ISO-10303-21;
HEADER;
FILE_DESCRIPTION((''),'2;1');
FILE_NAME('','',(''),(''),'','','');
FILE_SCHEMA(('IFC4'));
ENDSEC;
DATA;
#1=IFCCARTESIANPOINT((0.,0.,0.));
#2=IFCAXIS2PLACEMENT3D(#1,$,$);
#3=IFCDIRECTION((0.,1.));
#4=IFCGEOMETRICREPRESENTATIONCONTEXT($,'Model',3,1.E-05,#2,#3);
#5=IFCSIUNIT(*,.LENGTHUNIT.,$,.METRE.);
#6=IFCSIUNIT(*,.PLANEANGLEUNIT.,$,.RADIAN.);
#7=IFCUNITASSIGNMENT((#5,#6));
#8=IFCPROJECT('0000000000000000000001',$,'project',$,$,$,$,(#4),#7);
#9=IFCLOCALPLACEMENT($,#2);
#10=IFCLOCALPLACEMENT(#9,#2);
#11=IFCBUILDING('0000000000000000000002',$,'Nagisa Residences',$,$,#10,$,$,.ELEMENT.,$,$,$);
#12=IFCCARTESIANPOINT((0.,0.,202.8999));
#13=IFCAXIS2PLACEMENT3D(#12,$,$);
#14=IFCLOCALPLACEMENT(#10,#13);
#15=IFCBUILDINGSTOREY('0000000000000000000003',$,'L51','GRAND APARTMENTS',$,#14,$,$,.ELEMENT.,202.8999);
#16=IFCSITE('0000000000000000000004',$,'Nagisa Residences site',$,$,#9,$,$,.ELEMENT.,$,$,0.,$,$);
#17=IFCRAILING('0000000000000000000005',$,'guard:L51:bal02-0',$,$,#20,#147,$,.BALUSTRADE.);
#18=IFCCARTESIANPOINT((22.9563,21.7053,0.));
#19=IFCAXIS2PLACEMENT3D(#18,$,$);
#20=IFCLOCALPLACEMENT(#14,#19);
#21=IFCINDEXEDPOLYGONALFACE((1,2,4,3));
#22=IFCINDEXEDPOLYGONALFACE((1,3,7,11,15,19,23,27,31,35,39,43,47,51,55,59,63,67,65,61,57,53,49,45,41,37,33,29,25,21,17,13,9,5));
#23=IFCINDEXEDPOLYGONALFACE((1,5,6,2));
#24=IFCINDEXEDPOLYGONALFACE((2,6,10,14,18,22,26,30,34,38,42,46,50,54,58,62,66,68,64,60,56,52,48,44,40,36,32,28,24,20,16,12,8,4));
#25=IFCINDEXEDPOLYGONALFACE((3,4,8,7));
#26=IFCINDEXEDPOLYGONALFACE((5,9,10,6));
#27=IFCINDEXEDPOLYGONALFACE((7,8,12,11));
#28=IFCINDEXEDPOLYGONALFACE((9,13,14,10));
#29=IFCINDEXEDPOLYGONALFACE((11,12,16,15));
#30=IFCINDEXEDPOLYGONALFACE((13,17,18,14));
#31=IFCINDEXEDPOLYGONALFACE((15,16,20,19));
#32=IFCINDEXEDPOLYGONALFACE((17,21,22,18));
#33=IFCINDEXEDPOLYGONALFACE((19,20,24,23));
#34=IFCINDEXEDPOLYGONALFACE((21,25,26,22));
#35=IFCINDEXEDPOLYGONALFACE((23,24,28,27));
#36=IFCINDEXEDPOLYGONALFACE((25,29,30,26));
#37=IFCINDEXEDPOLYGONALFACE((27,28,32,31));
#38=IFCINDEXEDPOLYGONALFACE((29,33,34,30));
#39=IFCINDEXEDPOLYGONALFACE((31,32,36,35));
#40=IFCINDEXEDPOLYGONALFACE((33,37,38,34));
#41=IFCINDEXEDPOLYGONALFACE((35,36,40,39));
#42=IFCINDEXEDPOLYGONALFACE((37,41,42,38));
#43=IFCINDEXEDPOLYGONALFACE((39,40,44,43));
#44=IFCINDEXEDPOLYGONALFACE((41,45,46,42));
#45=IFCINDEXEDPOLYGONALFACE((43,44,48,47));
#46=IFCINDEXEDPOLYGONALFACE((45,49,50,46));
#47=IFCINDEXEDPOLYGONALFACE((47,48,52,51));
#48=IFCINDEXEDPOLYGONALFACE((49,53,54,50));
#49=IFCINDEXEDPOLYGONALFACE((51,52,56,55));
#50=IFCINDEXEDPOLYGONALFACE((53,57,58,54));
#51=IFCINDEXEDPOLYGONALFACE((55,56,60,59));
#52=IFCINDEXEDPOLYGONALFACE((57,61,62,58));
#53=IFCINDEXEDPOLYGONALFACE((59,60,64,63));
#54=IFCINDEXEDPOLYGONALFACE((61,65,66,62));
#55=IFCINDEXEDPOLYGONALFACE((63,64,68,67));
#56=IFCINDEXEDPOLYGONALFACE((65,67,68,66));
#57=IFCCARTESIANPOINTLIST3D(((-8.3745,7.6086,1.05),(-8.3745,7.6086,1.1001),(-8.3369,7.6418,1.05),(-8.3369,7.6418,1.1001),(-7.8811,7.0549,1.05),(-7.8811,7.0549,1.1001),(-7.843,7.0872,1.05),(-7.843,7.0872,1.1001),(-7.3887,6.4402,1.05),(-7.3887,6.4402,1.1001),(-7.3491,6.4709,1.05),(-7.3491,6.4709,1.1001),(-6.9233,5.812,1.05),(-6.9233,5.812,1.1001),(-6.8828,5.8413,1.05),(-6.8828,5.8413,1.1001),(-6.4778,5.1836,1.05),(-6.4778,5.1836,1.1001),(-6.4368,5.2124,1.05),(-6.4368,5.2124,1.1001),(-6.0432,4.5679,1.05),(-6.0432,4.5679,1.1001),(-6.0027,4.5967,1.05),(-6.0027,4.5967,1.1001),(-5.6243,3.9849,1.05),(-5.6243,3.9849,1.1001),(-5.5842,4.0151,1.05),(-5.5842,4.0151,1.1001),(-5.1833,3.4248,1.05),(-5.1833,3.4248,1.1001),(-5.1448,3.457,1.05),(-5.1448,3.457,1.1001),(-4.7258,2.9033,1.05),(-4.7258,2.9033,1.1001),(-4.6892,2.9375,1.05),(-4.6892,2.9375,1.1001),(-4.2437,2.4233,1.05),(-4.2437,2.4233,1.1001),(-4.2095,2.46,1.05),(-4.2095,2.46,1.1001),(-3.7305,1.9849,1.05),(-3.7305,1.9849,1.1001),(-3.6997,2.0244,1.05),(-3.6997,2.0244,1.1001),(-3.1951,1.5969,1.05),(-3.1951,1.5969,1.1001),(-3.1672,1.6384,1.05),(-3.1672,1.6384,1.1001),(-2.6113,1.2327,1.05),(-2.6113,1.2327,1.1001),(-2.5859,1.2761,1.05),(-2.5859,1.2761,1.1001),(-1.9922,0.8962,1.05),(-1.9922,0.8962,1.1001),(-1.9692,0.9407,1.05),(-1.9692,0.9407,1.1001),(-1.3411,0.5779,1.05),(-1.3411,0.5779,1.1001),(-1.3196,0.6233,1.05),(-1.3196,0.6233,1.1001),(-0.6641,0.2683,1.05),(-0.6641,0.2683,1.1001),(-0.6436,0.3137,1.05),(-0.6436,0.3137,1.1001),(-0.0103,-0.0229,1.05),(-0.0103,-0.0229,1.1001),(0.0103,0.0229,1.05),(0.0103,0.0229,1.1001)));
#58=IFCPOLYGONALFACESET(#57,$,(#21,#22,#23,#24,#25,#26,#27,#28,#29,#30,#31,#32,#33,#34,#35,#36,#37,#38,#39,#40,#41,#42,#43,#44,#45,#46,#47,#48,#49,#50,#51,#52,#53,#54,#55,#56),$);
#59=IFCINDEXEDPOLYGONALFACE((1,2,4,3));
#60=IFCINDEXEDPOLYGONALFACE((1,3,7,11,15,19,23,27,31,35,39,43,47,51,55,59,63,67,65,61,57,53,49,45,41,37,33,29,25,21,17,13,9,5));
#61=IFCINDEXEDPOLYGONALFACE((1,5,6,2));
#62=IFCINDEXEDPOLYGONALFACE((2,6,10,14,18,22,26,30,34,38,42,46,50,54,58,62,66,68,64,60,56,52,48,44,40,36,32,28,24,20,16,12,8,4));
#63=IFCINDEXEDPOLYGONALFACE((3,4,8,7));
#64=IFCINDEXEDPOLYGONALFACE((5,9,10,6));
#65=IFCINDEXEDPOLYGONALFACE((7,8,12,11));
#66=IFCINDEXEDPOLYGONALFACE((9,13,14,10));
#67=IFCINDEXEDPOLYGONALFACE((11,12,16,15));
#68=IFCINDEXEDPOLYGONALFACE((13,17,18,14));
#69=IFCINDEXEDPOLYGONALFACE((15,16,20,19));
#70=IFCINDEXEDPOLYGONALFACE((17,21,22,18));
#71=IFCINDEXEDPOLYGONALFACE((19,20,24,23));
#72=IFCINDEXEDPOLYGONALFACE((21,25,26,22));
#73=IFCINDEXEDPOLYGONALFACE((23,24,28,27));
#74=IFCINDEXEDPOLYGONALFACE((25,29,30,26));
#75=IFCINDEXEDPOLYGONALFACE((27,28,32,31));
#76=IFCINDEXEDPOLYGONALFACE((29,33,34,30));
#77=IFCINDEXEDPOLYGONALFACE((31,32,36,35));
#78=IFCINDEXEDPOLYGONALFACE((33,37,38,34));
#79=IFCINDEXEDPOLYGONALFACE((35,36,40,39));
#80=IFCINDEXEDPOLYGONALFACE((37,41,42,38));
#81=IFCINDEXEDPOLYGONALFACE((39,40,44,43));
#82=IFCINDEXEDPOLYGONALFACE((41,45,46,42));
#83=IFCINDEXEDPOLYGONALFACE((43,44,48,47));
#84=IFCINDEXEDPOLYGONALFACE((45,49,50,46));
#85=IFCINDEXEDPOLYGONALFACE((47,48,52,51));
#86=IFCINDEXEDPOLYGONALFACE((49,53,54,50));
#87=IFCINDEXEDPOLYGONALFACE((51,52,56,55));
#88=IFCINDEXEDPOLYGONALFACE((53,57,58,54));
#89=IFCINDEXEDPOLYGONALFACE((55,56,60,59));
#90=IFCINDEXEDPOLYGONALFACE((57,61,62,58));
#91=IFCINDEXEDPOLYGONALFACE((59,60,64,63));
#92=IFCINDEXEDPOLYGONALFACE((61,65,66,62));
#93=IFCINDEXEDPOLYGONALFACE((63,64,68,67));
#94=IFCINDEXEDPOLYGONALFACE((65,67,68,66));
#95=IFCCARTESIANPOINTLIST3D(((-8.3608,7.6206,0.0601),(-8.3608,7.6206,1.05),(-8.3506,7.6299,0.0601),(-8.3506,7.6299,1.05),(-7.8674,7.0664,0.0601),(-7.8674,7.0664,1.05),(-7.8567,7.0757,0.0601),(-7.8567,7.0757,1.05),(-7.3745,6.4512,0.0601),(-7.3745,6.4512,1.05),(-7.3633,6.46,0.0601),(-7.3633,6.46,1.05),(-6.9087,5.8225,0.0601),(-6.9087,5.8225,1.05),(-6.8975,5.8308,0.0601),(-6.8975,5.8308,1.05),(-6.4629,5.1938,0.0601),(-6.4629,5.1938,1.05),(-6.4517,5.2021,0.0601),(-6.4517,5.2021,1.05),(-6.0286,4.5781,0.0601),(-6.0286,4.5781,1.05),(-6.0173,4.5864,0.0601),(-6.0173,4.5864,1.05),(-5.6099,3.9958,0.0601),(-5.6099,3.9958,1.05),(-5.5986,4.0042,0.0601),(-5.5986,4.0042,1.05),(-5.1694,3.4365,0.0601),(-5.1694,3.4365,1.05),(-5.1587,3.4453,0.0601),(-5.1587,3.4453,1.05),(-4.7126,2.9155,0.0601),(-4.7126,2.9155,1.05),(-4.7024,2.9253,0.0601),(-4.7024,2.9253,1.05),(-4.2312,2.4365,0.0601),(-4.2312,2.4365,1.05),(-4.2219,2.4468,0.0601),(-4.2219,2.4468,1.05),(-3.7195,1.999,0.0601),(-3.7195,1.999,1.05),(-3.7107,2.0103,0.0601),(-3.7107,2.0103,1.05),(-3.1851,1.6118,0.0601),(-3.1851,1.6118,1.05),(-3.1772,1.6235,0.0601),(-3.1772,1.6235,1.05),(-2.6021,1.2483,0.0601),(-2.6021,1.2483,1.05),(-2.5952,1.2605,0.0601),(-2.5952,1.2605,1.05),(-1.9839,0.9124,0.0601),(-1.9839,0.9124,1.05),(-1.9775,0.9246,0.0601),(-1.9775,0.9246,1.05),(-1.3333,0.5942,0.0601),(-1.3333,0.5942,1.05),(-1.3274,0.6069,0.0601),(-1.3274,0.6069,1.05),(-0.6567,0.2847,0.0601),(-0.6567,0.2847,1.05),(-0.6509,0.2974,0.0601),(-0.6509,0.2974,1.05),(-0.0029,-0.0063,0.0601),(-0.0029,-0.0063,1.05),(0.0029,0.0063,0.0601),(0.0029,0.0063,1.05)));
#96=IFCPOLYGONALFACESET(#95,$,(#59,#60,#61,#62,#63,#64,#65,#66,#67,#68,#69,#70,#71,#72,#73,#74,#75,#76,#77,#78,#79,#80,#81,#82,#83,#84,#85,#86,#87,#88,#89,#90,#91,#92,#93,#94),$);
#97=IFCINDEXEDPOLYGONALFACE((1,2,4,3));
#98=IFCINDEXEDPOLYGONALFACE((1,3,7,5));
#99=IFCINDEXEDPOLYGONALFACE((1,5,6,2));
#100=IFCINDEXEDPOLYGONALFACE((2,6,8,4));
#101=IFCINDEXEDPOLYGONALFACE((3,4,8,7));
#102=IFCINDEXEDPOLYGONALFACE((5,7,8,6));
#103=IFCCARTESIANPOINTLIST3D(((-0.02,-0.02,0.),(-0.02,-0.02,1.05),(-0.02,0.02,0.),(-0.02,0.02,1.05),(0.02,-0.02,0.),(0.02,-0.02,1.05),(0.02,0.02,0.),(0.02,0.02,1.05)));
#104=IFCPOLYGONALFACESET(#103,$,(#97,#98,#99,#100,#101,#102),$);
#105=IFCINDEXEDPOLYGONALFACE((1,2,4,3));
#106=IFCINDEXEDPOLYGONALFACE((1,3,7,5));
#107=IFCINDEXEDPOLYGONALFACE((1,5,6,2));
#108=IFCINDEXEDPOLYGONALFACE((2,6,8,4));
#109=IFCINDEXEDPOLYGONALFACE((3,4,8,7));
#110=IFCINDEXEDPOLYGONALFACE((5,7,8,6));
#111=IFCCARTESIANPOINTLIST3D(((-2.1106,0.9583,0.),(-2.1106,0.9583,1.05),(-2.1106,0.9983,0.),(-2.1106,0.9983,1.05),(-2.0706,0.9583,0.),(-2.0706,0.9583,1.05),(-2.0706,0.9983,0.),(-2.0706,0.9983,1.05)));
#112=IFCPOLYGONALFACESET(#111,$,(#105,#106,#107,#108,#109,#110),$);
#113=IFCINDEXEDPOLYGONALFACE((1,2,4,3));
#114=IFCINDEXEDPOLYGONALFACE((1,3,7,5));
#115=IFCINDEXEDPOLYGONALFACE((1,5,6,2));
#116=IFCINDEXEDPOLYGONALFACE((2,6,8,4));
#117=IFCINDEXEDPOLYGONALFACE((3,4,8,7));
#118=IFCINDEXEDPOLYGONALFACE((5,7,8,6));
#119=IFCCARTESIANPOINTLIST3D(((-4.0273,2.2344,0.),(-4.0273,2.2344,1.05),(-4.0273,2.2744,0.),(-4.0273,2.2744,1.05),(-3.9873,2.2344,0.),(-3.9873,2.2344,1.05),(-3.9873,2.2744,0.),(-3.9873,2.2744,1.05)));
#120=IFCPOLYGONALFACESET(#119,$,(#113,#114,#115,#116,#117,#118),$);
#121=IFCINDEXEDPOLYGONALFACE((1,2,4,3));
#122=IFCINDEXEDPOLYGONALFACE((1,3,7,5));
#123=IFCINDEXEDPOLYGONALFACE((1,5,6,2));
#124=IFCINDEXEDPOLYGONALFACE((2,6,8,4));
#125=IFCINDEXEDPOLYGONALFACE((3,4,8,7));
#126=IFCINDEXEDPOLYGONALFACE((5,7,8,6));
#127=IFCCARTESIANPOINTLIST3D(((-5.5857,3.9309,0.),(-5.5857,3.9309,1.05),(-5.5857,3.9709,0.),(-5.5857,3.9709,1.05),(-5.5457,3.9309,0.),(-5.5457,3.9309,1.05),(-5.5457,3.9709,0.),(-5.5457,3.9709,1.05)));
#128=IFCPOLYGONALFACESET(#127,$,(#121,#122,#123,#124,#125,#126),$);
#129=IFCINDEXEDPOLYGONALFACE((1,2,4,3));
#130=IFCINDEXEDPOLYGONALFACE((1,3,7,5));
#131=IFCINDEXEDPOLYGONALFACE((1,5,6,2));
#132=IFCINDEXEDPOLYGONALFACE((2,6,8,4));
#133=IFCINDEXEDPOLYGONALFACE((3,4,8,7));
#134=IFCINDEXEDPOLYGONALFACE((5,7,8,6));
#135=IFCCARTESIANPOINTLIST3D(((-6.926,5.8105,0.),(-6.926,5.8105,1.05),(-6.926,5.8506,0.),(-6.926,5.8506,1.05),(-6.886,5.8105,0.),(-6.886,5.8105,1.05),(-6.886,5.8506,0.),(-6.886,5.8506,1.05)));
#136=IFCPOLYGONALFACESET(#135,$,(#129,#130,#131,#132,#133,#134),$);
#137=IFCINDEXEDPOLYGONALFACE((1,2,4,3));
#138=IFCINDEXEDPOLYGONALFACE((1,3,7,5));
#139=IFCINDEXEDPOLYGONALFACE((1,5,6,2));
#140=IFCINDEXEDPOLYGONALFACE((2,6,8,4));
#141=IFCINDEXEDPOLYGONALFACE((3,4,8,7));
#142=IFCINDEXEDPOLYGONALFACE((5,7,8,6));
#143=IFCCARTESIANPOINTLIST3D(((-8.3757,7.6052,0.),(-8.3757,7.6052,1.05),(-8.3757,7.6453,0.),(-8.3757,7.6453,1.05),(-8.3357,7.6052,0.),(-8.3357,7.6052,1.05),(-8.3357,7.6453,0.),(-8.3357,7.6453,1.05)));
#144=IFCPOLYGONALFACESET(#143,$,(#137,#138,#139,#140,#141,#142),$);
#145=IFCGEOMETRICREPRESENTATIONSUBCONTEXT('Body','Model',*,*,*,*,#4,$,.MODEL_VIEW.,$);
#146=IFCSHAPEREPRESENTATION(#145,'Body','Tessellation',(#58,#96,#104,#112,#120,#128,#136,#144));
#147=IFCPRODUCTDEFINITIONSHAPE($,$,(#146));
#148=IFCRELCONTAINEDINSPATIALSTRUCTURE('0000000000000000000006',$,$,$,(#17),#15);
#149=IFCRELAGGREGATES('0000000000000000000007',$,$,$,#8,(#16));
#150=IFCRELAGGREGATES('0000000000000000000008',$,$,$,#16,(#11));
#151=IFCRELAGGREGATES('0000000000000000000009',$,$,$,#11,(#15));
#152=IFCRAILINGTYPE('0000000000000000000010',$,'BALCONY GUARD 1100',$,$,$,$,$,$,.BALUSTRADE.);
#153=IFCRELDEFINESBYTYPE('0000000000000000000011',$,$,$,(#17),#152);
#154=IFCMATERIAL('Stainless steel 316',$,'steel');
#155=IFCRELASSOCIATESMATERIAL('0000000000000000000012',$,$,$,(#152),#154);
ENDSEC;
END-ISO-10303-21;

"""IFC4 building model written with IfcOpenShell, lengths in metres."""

from ifc_helpers import new_model, si_unit, direction, frame, origin, origin_2d, place, context, subcontext, project, spatial, polyline, rectangle, outline, extrude, material, type_object, element, save


model = new_model("IFC4")

# Units and contexts
model_context = context("Model", 3, precision=1e-05, world=origin(), true_north=direction((0.0, 1.0)))
body_context = subcontext(model_context, "Body", "Model", "MODEL_VIEW")
ifc_project = project(units=[si_unit("LENGTHUNIT", "METRE"), si_unit("PLANEANGLEUNIT", "RADIAN")], contexts=[model_context])

# Site, building, storey
site_placement = place(None, origin())
site = spatial("IfcSite", under=ifc_project, at=site_placement, Name="Nagisa Residences site", CompositionType="ELEMENT", RefElevation=0.0)
building_placement = place(site_placement, origin())
building = spatial("IfcBuilding", under=site, at=building_placement, Name="Nagisa Residences", CompositionType="ELEMENT")
storey_placement = place(building_placement, frame((0.0, 0.0, 202.8999)))
storey = spatial("IfcBuildingStorey", under=building, at=storey_placement, Name="L51", Description="GRAND APARTMENTS", CompositionType="ELEMENT", Elevation=202.8999)

# Railing
ifc_material_1 = material(Name="Stainless steel 316", Category="steel")
railing_type = type_object("IfcRailingType", Name="BALCONY GUARD 1100", PredefinedType="BALUSTRADE", material=ifc_material_1)
railing_1_placement = place(storey_placement, frame((22.9563, 21.7053, 0.0)))
element("IfcRailing", 1, at=railing_1_placement, inside=storey, type_object=railing_type, Name="guard:L51:bal02-0", PredefinedType="BALUSTRADE", context=body_context, shape_type="SweptSolid", body=[
    extrude(outline(polyline([(-0.6641, 0.2683), (-0.0103, -0.0229), (0.0103, 0.0229), (-0.6436, 0.3137), (-1.3196, 0.6233), (-1.9692, 0.9407), (-2.5859, 1.2761), (-3.1672, 1.6384), (-3.6997, 2.0244), (-4.2095, 2.46), (-4.6892, 2.9375), (-5.1448, 3.457), (-5.5842, 4.0151), (-6.0027, 4.5967), (-6.4368, 5.2124), (-6.8828, 5.8413), (-7.3491, 6.4709), (-7.843, 7.0872), (-8.3369, 7.6418), (-8.3745, 7.6086), (-7.8811, 7.0549), (-7.3887, 6.4402), (-6.9233, 5.812), (-6.4778, 5.1836), (-6.0432, 4.5679), (-5.6243, 3.9849), (-5.1833, 3.4248), (-4.7258, 2.9033), (-4.2437, 2.4233), (-3.7305, 1.9849), (-3.1951, 1.5969), (-2.6113, 1.2327), (-1.9922, 0.8962), (-1.3411, 0.5779), (-0.6641, 0.2683)])), frame((0.0, 0.0, 1.05)), (0.0, 0.0, 1.0), 0.05),
    extrude(outline(polyline([(-0.6567, 0.2847), (-0.0029, -0.0063), (0.0029, 0.0063), (-0.6509, 0.2974), (-1.3274, 0.6069), (-1.9775, 0.9246), (-2.5952, 1.2605), (-3.1772, 1.6235), (-3.7107, 2.0103), (-4.2219, 2.4468), (-4.7024, 2.9253), (-5.1587, 3.4453), (-5.5986, 4.0042), (-6.0173, 4.5864), (-6.4517, 5.2021), (-6.8975, 5.8308), (-7.3633, 6.46), (-7.8567, 7.0757), (-8.3506, 7.6299), (-8.3608, 7.6206), (-7.8674, 7.0664), (-7.3745, 6.4512), (-6.9087, 5.8225), (-6.4629, 5.1938), (-6.0286, 4.5781), (-5.6099, 3.9958), (-5.1694, 3.4365), (-4.7126, 2.9155), (-4.2312, 2.4365), (-3.7195, 1.999), (-3.1851, 1.6118), (-2.6021, 1.2483), (-1.9839, 0.9124), (-1.3333, 0.5942), (-0.6567, 0.2847)])), frame((0.0, 0.0, 0.0601)), (0.0, 0.0, 1.0), 0.99),
    extrude(rectangle(XDim=0.04, YDim=0.04, at=origin_2d()), origin(), (0.0, 0.0, 1.0), 1.05),
    extrude(rectangle(XDim=0.04, YDim=0.04, at=origin_2d()), frame((-2.0906, 0.9783, 0.0)), (0.0, 0.0, 1.0), 1.05),
    extrude(rectangle(XDim=0.04, YDim=0.04, at=origin_2d()), frame((-4.0073, 2.2544, 0.0)), (0.0, 0.0, 1.0), 1.05),
    extrude(rectangle(XDim=0.04, YDim=0.04, at=origin_2d()), frame((-5.5657, 3.9509, 0.0)), (0.0, 0.0, 1.0), 1.05),
    extrude(rectangle(XDim=0.04, YDim=0.04, at=origin_2d()), frame((-6.906, 5.8306, 0.0)), (0.0, 0.0, 1.0), 1.05),
    extrude(rectangle(XDim=0.04, YDim=0.04, at=origin_2d()), frame((-8.3557, 7.6252, 0.0)), (0.0, 0.0, 1.0), 1.05),
])

save(model, "model.ifc")
